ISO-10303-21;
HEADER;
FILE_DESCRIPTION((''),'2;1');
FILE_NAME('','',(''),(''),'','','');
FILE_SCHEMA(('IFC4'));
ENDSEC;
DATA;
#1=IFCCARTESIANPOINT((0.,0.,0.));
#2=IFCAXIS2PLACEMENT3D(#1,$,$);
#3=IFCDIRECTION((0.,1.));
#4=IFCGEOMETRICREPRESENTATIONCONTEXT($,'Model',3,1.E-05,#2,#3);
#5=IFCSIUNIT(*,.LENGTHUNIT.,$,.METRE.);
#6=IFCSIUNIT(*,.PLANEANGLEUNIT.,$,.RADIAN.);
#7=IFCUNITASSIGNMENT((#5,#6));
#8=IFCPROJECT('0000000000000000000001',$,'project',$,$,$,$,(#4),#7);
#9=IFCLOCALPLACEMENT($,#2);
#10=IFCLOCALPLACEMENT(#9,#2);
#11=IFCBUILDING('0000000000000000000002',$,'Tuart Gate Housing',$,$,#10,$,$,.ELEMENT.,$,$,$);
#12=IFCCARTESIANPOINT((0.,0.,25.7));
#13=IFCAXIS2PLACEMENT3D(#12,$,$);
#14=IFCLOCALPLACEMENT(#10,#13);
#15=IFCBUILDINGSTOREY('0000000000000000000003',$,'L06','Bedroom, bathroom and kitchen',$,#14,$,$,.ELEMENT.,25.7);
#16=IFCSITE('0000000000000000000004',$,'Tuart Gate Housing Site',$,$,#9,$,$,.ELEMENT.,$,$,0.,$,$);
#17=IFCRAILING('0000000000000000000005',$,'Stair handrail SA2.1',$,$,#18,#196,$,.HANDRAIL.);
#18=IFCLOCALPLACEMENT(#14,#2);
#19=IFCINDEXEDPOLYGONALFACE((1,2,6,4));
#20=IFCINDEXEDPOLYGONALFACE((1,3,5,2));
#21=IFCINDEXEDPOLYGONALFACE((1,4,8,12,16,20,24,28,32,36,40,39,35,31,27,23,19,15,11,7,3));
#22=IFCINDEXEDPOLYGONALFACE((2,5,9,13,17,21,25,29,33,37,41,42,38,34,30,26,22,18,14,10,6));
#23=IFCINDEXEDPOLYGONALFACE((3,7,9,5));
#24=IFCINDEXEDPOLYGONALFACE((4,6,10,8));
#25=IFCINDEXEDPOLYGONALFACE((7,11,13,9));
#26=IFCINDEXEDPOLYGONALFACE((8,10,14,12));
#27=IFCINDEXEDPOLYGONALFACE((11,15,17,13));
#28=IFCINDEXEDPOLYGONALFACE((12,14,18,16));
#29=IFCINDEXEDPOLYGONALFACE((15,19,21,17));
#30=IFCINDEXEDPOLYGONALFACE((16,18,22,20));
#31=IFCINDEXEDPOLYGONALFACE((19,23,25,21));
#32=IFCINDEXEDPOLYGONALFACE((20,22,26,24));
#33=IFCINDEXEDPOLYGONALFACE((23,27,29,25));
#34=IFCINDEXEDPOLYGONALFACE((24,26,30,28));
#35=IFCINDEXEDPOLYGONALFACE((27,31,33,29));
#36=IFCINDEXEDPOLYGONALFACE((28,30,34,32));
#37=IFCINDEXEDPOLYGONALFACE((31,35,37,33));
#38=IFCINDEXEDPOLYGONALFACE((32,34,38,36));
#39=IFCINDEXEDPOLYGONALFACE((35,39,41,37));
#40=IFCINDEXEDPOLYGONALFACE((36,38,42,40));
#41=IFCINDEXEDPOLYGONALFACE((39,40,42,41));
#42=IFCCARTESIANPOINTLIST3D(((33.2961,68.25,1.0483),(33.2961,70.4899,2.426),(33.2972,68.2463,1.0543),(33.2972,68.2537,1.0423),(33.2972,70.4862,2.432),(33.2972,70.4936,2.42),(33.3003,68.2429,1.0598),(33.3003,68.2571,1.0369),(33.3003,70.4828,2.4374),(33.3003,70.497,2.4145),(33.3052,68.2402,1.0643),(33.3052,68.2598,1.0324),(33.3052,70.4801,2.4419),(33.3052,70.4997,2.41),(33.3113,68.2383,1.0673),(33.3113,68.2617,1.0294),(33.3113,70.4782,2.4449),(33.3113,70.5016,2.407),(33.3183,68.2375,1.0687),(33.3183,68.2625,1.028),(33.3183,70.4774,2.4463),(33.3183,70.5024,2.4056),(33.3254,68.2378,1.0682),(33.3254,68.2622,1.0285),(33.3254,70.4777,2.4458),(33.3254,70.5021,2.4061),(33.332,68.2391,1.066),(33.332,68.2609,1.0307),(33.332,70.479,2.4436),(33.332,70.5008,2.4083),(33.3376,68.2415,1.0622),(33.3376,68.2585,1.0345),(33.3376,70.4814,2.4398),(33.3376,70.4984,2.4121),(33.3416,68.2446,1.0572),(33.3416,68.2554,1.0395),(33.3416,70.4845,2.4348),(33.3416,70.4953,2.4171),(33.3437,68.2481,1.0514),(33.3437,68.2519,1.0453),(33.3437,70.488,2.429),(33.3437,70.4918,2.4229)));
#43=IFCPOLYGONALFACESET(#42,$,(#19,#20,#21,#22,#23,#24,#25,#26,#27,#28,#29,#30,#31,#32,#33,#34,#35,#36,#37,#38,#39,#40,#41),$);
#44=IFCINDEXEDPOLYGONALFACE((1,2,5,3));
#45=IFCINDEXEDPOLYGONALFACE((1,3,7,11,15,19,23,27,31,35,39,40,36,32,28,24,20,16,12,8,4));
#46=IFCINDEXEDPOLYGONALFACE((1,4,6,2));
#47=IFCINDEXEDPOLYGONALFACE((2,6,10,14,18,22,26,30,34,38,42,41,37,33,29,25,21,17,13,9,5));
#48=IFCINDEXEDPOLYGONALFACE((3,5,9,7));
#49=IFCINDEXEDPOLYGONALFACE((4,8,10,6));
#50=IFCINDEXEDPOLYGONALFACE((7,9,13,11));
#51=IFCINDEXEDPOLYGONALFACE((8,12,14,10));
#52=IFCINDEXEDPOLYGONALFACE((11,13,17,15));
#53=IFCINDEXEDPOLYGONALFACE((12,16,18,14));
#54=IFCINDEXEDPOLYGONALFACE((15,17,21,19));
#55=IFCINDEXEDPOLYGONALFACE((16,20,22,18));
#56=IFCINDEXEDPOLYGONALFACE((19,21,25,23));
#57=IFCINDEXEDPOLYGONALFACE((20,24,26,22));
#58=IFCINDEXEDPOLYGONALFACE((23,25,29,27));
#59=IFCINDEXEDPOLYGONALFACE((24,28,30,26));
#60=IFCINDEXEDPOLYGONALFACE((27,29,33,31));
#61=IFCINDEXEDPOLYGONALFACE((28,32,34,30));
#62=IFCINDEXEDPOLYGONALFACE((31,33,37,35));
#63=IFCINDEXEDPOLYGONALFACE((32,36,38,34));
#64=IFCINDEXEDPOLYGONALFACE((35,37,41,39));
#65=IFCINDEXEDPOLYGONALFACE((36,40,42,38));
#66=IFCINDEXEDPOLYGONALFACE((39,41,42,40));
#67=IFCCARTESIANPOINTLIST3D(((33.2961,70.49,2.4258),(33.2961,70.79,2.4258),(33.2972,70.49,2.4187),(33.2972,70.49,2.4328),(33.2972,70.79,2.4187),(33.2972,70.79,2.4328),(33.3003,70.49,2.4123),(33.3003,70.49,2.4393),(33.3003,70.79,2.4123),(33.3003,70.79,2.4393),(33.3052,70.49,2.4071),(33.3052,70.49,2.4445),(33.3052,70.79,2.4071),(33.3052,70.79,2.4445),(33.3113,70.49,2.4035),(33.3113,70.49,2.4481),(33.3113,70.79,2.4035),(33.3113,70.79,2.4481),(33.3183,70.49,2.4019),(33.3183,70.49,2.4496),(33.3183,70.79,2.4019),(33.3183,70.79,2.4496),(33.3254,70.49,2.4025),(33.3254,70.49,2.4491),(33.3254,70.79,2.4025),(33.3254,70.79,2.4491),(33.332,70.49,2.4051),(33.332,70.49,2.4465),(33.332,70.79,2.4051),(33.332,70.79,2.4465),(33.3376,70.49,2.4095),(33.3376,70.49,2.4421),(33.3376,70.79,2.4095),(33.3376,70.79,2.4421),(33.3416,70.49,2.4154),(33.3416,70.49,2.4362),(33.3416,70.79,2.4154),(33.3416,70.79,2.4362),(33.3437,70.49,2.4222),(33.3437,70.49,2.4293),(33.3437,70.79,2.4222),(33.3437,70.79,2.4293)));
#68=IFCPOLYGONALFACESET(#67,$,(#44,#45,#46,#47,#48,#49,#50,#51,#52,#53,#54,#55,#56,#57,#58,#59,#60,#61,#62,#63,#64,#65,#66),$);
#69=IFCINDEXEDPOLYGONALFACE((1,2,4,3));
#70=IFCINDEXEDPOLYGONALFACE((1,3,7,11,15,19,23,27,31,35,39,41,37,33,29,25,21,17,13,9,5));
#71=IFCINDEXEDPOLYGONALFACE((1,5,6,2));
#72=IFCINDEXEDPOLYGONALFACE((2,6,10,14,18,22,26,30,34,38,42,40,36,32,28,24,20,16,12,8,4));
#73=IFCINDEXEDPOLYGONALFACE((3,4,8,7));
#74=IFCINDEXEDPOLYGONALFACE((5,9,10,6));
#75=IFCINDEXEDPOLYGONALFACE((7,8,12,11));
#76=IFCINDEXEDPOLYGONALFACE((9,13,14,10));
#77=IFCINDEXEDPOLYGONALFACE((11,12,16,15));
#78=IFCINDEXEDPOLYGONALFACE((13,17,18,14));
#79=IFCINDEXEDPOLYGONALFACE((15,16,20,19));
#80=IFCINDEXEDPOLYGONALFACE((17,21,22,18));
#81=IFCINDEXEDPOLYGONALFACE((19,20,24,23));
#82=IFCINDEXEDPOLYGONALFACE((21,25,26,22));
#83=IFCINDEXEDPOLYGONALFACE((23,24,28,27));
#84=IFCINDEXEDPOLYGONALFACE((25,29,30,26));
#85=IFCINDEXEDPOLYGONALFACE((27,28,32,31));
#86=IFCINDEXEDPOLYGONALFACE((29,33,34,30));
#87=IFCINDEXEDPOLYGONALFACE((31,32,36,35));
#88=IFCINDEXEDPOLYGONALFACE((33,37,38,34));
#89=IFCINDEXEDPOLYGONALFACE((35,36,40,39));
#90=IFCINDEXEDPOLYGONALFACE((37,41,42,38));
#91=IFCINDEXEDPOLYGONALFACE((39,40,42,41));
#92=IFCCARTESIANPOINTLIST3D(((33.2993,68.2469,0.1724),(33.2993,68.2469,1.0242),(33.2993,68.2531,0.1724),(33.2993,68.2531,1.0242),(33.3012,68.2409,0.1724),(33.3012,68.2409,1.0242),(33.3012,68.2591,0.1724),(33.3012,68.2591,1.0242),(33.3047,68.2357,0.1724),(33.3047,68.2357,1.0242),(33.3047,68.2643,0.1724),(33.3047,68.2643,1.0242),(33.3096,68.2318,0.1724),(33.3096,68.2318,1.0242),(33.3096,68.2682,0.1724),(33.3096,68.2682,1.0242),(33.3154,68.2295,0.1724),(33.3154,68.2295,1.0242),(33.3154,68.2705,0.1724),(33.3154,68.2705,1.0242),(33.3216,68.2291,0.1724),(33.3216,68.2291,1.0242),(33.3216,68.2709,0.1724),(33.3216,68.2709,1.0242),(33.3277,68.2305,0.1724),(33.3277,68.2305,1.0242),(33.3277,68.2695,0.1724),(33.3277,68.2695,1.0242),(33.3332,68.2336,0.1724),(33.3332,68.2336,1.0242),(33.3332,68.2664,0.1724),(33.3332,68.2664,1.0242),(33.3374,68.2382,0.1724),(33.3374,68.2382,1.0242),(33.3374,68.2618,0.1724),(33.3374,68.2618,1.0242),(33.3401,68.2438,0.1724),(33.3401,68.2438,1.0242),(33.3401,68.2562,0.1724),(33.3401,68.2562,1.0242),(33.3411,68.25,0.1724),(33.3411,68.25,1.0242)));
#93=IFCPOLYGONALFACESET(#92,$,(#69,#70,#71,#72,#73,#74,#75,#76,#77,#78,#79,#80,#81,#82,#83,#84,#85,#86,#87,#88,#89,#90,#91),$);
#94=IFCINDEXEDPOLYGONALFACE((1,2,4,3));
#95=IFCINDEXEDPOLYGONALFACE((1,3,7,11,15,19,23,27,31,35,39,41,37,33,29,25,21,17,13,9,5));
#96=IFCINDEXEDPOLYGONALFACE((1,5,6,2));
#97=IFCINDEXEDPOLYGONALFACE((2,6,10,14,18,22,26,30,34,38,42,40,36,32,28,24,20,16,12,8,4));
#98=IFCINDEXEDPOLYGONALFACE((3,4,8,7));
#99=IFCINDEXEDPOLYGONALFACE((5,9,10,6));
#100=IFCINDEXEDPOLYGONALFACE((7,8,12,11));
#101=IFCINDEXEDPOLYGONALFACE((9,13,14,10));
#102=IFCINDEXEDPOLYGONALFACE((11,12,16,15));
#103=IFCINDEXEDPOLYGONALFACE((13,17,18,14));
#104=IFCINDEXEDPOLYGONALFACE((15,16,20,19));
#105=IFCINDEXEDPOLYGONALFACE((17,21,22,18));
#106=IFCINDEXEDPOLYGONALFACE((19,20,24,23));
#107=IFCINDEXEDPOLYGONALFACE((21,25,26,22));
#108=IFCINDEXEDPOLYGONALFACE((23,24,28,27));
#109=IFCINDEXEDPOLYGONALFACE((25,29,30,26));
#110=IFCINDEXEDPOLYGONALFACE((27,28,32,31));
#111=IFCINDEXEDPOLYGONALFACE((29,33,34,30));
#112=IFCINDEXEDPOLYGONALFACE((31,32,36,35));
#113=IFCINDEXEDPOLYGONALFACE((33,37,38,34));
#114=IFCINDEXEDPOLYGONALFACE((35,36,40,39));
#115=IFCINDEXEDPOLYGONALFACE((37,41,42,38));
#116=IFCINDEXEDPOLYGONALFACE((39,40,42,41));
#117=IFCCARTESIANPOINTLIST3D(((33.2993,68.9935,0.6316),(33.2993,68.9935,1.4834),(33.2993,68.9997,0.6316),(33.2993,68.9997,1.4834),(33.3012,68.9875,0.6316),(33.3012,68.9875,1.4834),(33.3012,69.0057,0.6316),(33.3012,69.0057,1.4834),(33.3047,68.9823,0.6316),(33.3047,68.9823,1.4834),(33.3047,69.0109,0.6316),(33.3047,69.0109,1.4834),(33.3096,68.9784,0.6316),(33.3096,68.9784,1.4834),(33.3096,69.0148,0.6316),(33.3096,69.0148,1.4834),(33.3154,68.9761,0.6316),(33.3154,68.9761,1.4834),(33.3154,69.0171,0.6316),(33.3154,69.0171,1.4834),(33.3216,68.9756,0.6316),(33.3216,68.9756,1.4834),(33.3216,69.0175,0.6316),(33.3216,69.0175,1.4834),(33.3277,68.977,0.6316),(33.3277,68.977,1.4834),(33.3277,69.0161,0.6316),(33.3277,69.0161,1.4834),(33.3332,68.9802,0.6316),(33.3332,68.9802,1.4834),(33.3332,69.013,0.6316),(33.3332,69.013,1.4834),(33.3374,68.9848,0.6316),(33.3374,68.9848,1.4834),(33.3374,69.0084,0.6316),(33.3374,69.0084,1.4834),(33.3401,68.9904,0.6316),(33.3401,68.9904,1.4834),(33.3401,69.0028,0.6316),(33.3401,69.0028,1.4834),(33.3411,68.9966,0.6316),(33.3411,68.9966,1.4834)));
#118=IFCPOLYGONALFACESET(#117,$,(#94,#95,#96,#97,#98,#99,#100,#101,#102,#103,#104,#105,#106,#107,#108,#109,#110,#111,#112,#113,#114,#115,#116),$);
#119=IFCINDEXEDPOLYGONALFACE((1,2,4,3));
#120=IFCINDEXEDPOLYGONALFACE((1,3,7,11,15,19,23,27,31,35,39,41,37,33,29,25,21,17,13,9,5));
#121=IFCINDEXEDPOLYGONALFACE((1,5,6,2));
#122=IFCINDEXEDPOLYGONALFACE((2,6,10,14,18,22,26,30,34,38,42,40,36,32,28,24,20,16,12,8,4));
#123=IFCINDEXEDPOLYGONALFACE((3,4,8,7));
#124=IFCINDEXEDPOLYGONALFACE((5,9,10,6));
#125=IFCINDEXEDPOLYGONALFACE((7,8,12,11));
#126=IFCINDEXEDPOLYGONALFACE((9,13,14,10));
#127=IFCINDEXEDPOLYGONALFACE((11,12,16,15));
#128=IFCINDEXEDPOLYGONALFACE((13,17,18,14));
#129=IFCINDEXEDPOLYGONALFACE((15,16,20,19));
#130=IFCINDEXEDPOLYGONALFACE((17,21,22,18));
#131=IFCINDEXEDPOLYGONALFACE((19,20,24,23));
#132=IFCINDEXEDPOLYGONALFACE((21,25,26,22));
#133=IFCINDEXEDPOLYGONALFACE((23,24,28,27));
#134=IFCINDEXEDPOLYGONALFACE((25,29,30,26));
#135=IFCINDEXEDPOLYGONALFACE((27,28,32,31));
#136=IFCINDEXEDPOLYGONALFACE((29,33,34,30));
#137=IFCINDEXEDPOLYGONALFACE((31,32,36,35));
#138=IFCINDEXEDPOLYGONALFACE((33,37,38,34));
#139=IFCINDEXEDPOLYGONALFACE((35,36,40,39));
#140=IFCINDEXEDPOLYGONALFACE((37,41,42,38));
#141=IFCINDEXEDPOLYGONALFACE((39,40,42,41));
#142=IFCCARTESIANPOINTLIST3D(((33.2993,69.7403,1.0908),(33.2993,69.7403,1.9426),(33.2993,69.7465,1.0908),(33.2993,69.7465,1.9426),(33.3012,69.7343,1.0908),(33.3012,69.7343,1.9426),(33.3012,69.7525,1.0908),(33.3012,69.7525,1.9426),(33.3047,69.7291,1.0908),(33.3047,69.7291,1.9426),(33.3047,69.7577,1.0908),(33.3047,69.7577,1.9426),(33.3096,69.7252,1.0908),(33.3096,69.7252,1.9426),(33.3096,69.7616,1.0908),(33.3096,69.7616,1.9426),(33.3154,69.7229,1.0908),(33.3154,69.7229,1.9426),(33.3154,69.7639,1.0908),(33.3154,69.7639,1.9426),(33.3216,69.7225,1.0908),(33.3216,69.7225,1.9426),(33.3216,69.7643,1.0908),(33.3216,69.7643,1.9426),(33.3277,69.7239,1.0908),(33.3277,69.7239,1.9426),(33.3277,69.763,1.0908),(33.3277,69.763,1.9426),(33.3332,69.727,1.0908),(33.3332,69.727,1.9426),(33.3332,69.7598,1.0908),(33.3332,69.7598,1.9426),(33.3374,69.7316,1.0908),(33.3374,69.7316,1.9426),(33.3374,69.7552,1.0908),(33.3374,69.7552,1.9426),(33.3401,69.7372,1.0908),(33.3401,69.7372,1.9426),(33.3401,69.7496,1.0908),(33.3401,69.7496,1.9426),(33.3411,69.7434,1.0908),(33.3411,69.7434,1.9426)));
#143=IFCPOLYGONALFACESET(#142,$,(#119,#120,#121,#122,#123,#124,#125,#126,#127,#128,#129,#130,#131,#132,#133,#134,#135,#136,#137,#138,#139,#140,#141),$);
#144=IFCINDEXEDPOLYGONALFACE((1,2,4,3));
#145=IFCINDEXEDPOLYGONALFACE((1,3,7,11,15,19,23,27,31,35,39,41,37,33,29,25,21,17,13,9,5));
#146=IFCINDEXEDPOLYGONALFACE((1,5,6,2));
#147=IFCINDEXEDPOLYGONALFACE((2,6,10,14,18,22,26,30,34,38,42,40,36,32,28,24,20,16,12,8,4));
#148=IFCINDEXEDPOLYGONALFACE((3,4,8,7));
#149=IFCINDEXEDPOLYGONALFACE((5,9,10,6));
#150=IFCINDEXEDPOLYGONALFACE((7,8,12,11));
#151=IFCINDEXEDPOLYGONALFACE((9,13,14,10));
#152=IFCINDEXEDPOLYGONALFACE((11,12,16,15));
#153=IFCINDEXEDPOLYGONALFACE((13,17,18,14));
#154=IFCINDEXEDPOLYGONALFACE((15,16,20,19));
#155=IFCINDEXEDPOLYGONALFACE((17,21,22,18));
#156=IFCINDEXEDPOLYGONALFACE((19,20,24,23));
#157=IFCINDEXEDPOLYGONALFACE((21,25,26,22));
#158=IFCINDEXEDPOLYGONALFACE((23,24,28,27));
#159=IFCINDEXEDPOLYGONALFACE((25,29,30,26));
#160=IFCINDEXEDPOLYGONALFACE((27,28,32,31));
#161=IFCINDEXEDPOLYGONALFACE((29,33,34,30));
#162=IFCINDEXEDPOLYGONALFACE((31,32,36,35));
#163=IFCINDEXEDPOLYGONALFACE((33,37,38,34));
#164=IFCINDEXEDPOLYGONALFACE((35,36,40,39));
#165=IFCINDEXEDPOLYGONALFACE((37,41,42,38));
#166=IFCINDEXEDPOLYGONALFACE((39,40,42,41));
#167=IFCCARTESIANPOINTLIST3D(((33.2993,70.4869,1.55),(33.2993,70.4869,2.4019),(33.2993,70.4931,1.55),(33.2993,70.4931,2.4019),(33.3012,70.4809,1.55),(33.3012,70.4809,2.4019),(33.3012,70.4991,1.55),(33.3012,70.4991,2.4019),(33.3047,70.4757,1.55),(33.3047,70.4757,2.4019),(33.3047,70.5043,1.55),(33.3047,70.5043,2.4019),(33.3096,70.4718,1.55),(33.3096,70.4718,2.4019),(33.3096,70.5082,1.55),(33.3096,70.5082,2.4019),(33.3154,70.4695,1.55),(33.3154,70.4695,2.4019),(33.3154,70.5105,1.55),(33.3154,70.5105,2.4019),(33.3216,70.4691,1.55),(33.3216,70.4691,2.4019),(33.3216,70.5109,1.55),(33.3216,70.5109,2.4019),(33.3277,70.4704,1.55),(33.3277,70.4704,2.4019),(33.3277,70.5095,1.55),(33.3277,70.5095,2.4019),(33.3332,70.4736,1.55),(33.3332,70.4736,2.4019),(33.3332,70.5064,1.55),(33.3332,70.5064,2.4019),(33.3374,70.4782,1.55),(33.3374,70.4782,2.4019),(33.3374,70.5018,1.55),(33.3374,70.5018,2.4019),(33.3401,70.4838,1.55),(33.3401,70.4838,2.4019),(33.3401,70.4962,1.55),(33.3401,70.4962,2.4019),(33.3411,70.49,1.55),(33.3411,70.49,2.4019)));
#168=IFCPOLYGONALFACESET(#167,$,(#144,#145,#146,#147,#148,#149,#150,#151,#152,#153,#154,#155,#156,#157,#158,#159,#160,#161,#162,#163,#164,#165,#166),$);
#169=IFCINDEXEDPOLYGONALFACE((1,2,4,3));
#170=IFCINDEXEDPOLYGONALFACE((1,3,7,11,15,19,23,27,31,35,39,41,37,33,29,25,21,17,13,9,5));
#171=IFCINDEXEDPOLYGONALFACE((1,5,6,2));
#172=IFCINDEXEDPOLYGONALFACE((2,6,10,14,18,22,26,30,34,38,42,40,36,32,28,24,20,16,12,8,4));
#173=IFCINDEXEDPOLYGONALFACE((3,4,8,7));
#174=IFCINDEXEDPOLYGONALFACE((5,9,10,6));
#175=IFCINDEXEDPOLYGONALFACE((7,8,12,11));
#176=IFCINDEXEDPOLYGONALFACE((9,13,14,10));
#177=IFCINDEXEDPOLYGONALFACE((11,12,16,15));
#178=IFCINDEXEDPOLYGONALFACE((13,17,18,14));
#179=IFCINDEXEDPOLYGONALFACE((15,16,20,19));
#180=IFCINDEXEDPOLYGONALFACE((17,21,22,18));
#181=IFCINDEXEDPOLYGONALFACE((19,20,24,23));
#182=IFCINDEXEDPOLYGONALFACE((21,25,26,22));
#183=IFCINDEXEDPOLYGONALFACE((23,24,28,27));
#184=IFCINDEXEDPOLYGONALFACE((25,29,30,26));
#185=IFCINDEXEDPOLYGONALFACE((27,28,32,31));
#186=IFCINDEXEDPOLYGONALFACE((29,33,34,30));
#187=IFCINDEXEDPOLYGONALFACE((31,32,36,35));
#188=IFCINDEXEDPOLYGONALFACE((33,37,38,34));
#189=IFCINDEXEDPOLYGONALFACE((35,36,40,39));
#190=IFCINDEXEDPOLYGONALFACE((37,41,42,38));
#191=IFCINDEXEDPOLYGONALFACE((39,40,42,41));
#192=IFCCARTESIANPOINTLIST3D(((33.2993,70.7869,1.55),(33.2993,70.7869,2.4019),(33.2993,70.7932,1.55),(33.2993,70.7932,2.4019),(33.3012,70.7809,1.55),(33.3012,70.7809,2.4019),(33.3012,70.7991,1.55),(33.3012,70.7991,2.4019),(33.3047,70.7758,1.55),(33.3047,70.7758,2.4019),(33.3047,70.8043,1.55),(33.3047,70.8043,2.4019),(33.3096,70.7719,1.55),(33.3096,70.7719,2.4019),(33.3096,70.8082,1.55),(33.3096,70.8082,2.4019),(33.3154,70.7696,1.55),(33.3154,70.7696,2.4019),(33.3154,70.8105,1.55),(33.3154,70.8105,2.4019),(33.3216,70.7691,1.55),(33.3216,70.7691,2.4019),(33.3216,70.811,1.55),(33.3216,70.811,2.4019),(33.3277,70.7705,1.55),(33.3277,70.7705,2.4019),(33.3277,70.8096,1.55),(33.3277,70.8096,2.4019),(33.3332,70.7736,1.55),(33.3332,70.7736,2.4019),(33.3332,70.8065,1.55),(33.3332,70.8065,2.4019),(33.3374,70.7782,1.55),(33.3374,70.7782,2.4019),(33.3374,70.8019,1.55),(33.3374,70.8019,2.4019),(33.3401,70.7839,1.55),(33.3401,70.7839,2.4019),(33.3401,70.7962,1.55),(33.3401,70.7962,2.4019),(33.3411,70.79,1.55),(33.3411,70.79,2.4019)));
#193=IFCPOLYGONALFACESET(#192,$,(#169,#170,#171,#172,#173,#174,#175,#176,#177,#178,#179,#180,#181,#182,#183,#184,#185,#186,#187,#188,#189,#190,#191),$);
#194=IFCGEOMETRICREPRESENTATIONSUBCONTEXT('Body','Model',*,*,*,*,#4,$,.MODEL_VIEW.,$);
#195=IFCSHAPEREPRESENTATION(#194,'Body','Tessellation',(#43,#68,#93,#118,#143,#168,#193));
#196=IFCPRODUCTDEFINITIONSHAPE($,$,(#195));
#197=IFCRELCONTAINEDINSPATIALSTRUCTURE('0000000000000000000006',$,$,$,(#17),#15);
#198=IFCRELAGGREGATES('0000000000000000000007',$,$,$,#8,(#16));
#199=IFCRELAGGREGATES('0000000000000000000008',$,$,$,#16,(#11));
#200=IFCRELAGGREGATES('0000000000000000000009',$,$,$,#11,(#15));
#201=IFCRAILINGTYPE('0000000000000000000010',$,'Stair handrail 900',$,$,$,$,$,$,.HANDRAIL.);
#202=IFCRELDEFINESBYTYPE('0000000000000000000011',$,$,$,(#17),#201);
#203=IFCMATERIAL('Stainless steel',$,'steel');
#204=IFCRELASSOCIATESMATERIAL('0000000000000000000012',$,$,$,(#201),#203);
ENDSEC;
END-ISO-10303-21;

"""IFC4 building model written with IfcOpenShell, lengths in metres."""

from ifc_helpers import new_model, si_unit, direction, frame, origin, origin_2d, place, context, subcontext, project, spatial, circle, extrude, material, type_object, element, save


model = new_model("IFC4")

# Units and contexts
model_context = context("Model", 3, precision=1e-05, world=origin(), true_north=direction((0.0, 1.0)))
body_context = subcontext(model_context, "Body", "Model", "MODEL_VIEW")
ifc_project = project(units=[si_unit("LENGTHUNIT", "METRE"), si_unit("PLANEANGLEUNIT", "RADIAN")], contexts=[model_context])

# Site, building, storey
site_placement = place(None, origin())
site = spatial("IfcSite", under=ifc_project, at=site_placement, Name="Tuart Gate Housing Site", CompositionType="ELEMENT", RefElevation=0.0)
building_placement = place(site_placement, origin())
building = spatial("IfcBuilding", under=site, at=building_placement, Name="Tuart Gate Housing", CompositionType="ELEMENT")
storey_placement = place(building_placement, frame((0.0, 0.0, 25.7)))
storey = spatial("IfcBuildingStorey", under=building, at=storey_placement, Name="L06", Description="Bedroom, bathroom and kitchen", CompositionType="ELEMENT", Elevation=25.7)

# Railing
ifc_material_1 = material(Name="Stainless steel", Category="steel")
railing_type = type_object("IfcRailingType", Name="Stair handrail 900", PredefinedType="HANDRAIL", material=ifc_material_1)
railing_placement = place(storey_placement, frame((33.3201, 68.25, 0.1724)))
element("IfcRailing", 1, at=railing_placement, inside=storey, type_object=railing_type, Name="Stair handrail SA2.1", PredefinedType="HANDRAIL", context=body_context, shape_type="SweptSolid", body=[
    extrude(circle(Radius=0.0239, at=origin_2d()), frame((0.0, 0.0, 0.876), z_axis=(0.0, 0.851789, 0.523885), x_axis=(-1.0, 0.0, 0.0)), (0.0, 0.0, 1.0), 2.6296),
    extrude(circle(Radius=0.0239, at=origin_2d()), frame((0.0, 2.24, 2.2534), z_axis=(0.0, 1.0, 0.0), x_axis=(-1.0, 0.0, 0.0)), (0.0, 0.0, 1.0), 0.3),
    extrude(circle(Radius=0.021, at=origin_2d()), origin(), (0.0, 0.0, 1.0), 0.8518),
    extrude(circle(Radius=0.021, at=origin_2d()), frame((0.0, 0.7466, 0.4592)), (0.0, 0.0, 1.0), 0.8518),
    extrude(circle(Radius=0.021, at=origin_2d()), frame((0.0, 1.4934, 0.9185)), (0.0, 0.0, 1.0), 0.8518),
    extrude(circle(Radius=0.021, at=origin_2d()), frame((0.0, 2.24, 1.3777)), (0.0, 0.0, 1.0), 0.8518),
    extrude(circle(Radius=0.021, at=origin_2d()), frame((0.0, 2.54, 1.3777)), (0.0, 0.0, 1.0), 0.8518),
])

save(model, "model.ifc")
